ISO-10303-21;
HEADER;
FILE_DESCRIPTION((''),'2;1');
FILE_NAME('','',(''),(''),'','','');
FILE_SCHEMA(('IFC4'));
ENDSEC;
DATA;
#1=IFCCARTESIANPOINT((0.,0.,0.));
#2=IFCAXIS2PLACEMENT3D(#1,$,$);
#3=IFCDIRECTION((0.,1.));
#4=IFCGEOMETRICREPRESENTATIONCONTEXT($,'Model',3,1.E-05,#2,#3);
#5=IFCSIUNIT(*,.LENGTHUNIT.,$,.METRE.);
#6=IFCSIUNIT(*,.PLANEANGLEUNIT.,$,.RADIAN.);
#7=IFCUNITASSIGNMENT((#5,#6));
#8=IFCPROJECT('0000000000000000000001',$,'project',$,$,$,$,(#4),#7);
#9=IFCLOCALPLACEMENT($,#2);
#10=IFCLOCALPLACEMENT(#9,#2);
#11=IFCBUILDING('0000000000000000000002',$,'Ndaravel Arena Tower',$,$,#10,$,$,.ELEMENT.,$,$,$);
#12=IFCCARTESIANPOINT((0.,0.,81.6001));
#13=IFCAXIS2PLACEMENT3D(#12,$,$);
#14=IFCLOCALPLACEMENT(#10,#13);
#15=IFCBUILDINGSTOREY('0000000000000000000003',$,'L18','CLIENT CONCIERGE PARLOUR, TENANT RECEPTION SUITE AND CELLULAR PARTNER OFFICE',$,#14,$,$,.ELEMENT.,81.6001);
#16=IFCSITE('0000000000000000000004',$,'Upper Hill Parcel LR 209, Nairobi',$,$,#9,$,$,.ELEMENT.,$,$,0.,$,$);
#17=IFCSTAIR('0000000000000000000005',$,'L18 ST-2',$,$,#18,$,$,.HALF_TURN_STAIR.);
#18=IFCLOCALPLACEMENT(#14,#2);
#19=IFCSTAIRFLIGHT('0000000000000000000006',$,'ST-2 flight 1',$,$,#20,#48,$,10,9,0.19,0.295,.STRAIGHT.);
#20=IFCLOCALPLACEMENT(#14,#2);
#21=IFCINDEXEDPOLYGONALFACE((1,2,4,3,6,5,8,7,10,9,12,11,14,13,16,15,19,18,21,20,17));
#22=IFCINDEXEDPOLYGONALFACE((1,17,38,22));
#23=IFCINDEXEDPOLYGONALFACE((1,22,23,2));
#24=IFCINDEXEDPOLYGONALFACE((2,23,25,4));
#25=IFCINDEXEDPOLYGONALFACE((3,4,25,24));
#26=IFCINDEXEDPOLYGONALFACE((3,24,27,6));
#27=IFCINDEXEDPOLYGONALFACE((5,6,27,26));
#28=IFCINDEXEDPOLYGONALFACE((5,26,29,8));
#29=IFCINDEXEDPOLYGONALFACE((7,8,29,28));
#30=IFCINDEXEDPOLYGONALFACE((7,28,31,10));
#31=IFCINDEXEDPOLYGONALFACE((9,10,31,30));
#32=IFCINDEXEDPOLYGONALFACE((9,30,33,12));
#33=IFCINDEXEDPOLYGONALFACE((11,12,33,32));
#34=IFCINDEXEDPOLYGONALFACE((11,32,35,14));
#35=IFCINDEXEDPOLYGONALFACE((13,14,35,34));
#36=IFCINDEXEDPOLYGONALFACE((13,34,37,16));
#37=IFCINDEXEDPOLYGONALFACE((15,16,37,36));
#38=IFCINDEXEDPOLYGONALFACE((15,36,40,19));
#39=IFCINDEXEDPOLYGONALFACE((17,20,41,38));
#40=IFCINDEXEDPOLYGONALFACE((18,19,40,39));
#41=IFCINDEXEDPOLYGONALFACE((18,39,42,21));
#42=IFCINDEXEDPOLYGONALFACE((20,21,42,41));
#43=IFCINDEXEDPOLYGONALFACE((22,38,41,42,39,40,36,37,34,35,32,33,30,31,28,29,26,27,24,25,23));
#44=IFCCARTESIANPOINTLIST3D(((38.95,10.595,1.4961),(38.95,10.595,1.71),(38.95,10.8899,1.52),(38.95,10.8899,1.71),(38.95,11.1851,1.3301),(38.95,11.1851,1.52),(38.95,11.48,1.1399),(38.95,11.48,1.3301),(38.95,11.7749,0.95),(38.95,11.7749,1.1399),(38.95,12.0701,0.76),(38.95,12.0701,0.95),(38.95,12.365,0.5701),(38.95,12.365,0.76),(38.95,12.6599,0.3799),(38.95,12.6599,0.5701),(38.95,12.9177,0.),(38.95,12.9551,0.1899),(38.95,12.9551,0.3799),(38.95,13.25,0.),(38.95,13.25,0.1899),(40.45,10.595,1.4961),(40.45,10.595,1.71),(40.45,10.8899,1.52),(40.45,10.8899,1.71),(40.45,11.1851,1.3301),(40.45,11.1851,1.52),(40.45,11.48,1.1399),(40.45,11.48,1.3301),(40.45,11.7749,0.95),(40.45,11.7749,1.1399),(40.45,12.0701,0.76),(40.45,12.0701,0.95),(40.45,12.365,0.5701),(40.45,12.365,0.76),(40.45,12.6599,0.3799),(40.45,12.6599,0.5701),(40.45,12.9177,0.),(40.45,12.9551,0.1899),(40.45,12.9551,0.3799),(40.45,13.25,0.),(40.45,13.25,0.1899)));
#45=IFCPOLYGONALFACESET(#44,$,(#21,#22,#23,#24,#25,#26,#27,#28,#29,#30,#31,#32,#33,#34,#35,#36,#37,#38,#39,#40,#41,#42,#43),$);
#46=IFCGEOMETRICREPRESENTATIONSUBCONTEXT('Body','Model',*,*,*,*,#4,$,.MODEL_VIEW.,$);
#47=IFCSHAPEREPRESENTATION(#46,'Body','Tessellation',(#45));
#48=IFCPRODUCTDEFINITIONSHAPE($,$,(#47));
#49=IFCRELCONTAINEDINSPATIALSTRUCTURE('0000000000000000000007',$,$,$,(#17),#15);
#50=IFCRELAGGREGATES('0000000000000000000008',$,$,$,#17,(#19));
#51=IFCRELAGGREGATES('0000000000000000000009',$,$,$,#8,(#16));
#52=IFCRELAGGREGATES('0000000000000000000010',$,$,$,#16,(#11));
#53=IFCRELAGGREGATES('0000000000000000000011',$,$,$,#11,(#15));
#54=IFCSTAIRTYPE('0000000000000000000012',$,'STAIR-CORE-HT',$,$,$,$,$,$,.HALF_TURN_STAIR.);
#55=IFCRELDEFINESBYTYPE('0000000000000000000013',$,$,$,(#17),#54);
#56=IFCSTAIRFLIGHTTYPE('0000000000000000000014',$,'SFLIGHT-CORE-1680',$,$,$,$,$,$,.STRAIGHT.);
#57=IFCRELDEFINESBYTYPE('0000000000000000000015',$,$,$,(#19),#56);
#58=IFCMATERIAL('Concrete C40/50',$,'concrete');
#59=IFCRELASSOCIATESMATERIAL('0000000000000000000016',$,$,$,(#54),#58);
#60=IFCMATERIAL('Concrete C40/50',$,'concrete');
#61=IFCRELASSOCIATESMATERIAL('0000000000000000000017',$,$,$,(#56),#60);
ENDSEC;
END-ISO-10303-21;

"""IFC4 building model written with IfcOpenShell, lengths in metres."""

from ifc_helpers import new_model, si_unit, direction, frame, origin, place, context, subcontext, project, spatial, polyline, outline, extrude, material, type_object, element, aggregate, save


model = new_model("IFC4")

# Units and contexts
model_context = context("Model", 3, precision=1e-05, world=origin(), true_north=direction((0.0, 1.0)))
body_context = subcontext(model_context, "Body", "Model", "MODEL_VIEW")
ifc_project = project(units=[si_unit("LENGTHUNIT", "METRE"), si_unit("PLANEANGLEUNIT", "RADIAN")], contexts=[model_context])

# Site, building, storey
site_placement = place(None, origin())
site = spatial("IfcSite", under=ifc_project, at=site_placement, Name="Upper Hill Parcel LR 209, Nairobi", CompositionType="ELEMENT", RefElevation=0.0)
building_placement = place(site_placement, origin())
building = spatial("IfcBuilding", under=site, at=building_placement, Name="Ndaravel Arena Tower", CompositionType="ELEMENT")
storey_placement = place(building_placement, frame((0.0, 0.0, 81.6001)))
storey = spatial("IfcBuildingStorey", under=building, at=storey_placement, Name="L18", Description="CLIENT CONCIERGE PARLOUR, TENANT RECEPTION SUITE AND CELLULAR PARTNER OFFICE", CompositionType="ELEMENT", Elevation=81.6001)

# Stair, stair flight
ifc_material_1 = material(Name="Concrete C40/50", Category="concrete")
stair_type = type_object("IfcStairType", Name="STAIR-CORE-HT", PredefinedType="HALF_TURN_STAIR", material=ifc_material_1)
stair_placement = place(storey_placement, origin())
stair = element("IfcStair", 1, at=stair_placement, inside=storey, type_object=stair_type, Name="L18 ST-2", PredefinedType="HALF_TURN_STAIR")
ifc_material_2 = material(Name="Concrete C40/50", Category="concrete")
stair_flight_type = type_object("IfcStairFlightType", Name="SFLIGHT-CORE-1680", PredefinedType="STRAIGHT", material=ifc_material_2)
stair_flight_placement = place(storey_placement, frame((39.7, 13.25, 0.0), z_axis=(0.0, 0.0, 1.0), x_axis=(0.0, -1.0, 0.0)))
stair_flight = element("IfcStairFlight", 2, at=stair_flight_placement, type_object=stair_flight_type, Name="ST-2 flight 1", NumberOfRisers=10, NumberOfTreads=9, PredefinedType="STRAIGHT", RiserHeight=0.19, TreadLength=0.295, context=body_context, shape_type="SweptSolid", body=[
    extrude(outline(polyline([(0.0, 0.0), (0.0, 0.1899), (0.2949, 0.1899), (0.2949, 0.3799), (0.5901, 0.3799), (0.5901, 0.5701), (0.885, 0.5701), (0.885, 0.76), (1.1799, 0.76), (1.1799, 0.95), (1.4751, 0.95), (1.4751, 1.1399), (1.77, 1.1399), (1.77, 1.3301), (2.0649, 1.3301), (2.0649, 1.52), (2.3601, 1.52), (2.3601, 1.71), (2.655, 1.71), (2.655, 1.8999), (2.655, 1.4961), (0.3323, 0.0), (0.0, 0.0)])), frame((0.0, 0.75, 0.0), z_axis=(0.0, -1.0, 0.0), x_axis=(1.0, 0.0, 0.0)), (0.0, 0.0, 1.0), 1.5),
])
aggregate(stair, [stair_flight])

save(model, "model.ifc")
